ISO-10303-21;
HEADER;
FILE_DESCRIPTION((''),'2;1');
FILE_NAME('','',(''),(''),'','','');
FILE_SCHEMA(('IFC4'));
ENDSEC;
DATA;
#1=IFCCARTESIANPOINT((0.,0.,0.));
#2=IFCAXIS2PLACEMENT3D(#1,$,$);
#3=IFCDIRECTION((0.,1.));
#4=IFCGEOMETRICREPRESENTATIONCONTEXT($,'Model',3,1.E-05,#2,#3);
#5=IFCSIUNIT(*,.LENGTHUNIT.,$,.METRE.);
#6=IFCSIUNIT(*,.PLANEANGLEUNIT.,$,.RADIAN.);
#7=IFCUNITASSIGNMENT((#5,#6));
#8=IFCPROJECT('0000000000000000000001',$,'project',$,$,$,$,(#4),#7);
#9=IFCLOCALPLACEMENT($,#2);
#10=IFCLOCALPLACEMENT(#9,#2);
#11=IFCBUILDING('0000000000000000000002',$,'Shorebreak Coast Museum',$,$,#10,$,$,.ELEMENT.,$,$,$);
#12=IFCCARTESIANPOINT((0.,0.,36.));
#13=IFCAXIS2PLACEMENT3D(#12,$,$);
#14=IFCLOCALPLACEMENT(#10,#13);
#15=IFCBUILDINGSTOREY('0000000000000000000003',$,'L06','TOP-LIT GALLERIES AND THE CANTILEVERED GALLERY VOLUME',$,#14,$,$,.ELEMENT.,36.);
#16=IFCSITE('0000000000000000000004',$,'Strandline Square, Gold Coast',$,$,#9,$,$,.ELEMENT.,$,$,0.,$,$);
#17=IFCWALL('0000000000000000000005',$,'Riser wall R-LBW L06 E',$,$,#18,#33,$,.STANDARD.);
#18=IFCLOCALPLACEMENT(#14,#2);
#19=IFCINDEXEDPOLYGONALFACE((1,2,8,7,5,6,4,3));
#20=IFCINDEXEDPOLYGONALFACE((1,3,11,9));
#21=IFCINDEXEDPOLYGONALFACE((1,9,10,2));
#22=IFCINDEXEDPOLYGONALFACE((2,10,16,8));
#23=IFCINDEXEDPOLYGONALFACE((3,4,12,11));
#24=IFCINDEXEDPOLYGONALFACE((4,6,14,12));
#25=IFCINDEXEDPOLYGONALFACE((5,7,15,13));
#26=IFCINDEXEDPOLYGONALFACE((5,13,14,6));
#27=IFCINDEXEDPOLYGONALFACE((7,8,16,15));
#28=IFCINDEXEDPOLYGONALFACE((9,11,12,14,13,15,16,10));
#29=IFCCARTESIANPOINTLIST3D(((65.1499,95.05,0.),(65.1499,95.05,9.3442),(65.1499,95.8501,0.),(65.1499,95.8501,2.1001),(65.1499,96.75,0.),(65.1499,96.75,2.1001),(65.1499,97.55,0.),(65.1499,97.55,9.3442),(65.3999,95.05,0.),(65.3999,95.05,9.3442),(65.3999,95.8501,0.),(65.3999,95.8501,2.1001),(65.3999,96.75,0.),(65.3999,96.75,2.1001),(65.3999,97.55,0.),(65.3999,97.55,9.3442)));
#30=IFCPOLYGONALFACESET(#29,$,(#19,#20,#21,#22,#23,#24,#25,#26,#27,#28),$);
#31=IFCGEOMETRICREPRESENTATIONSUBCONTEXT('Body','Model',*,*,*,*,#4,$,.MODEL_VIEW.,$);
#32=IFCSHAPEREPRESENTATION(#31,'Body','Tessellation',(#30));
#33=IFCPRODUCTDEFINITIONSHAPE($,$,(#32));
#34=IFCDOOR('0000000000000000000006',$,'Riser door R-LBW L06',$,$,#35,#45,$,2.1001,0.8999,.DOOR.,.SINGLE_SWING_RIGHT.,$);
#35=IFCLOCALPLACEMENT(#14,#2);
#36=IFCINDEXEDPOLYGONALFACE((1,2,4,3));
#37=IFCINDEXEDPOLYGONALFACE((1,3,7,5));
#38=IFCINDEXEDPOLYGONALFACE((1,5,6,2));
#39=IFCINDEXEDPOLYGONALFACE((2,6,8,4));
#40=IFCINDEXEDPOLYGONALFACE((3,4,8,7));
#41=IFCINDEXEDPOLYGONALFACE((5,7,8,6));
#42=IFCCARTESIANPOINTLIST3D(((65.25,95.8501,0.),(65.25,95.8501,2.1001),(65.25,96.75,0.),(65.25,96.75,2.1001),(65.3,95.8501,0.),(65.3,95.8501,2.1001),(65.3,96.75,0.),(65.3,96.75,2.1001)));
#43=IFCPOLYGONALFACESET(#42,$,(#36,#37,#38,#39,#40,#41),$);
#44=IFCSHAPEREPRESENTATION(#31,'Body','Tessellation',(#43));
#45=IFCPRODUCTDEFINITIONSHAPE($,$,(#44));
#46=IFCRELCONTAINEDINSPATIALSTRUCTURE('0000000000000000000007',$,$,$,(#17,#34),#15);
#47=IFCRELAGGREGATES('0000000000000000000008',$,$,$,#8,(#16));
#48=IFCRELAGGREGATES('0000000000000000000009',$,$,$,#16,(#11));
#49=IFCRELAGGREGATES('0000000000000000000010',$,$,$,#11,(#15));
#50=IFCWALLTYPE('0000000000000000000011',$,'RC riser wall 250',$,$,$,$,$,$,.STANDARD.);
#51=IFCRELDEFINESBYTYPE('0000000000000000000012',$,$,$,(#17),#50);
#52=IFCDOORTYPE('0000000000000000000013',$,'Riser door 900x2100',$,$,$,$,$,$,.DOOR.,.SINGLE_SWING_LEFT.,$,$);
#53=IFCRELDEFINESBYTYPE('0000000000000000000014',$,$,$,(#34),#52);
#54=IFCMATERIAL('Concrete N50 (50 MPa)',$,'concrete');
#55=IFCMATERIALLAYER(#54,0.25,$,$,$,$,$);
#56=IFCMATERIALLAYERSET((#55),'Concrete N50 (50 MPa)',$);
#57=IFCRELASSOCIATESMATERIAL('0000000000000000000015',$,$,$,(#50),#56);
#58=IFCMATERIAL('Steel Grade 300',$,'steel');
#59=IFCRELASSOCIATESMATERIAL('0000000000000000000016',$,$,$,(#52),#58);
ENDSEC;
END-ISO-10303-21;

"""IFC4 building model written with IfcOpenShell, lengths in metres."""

from ifc_helpers import new_model, si_unit, direction, frame, frame_2d, origin, place, context, subcontext, project, spatial, rectangle, extrude, material, layer, layer_set, type_object, element, fill, save


model = new_model("IFC4")

# Units and contexts
model_context = context("Model", 3, precision=1e-05, world=origin(), true_north=direction((0.0, 1.0)))
body_context = subcontext(model_context, "Body", "Model", "MODEL_VIEW")
ifc_project = project(units=[si_unit("LENGTHUNIT", "METRE"), si_unit("PLANEANGLEUNIT", "RADIAN")], contexts=[model_context])

# Site, building, storey
site_placement = place(None, origin())
site = spatial("IfcSite", under=ifc_project, at=site_placement, Name="Strandline Square, Gold Coast", CompositionType="ELEMENT", RefElevation=0.0)
building_placement = place(site_placement, origin())
building = spatial("IfcBuilding", under=site, at=building_placement, Name="Shorebreak Coast Museum", CompositionType="ELEMENT")
storey_placement = place(building_placement, frame((0.0, 0.0, 36.0)))
storey = spatial("IfcBuildingStorey", under=building, at=storey_placement, Name="L06", Description="TOP-LIT GALLERIES AND THE CANTILEVERED GALLERY VOLUME", CompositionType="ELEMENT", Elevation=36.0)

# Shared definitions
ifc_material_1 = material(Name="Concrete N50 (50 MPa)", Category="concrete")
ifc_layer_1 = layer(ifc_material_1, 0.25)
ifc_layer_set_1 = layer_set([ifc_layer_1], Name="Concrete N50 (50 MPa)")
wall_type_1 = type_object("IfcWallType", Name="RC riser wall 250", PredefinedType="STANDARD", material=ifc_layer_set_1)

# Wall, opening, door
wall_1_placement = place(storey_placement, frame((65.2749, 95.05, 0.0), z_axis=(0.0, 0.0, 1.0), x_axis=(0.0, 1.0, 0.0)))
wall_1 = element("IfcWall", 1, at=wall_1_placement, inside=storey, type_object=wall_type_1, Name="Riser wall R-LBW L06 E", PredefinedType="STANDARD", context=body_context, shape_type="SweptSolid", body=[
    extrude(rectangle(XDim=2.5, YDim=0.25, at=frame_2d((1.25, 0.0))), origin(), (0.0, 0.0, 1.0), 9.3442),
])
opening_1_placement = place(wall_1_placement, frame((0.8, 0.0, 0.0)))
opening_1 = element("IfcOpeningElement", 2, at=opening_1_placement, cuts=wall_1, PredefinedType="OPENING", context=body_context, shape_type="SweptSolid", body=[
    extrude(rectangle(XDim=0.8999, YDim=2.1001, at=frame_2d((0.45, 1.05))), frame((0.0, 0.135, 0.0), z_axis=(0.0, -1.0, 0.0), x_axis=(1.0, 0.0, 0.0)), (0.0, 0.0, 1.0), 0.27),
])
ifc_material_2 = material(Name="Steel Grade 300", Category="steel")
door_type_1 = type_object("IfcDoorType", Name="Riser door 900x2100", OperationType="SINGLE_SWING_LEFT", PredefinedType="DOOR", material=ifc_material_2)
door_1_placement = place(opening_1_placement, origin())
door_1 = element("IfcDoor", 3, at=door_1_placement, inside=storey, type_object=door_type_1, Name="Riser door R-LBW L06", OperationType="SINGLE_SWING_RIGHT", OverallHeight=2.1001, OverallWidth=0.8999, PredefinedType="DOOR", context=body_context, shape_type="SweptSolid", body=[
    extrude(rectangle(XDim=0.8999, YDim=2.1001, at=frame_2d((0.45, 1.05))), frame((0.0, 0.0249, 0.0), z_axis=(0.0, -1.0, 0.0), x_axis=(1.0, 0.0, 0.0)), (0.0, 0.0, 1.0), 0.05),
])
fill(opening_1, door_1)

save(model, "model.ifc")
